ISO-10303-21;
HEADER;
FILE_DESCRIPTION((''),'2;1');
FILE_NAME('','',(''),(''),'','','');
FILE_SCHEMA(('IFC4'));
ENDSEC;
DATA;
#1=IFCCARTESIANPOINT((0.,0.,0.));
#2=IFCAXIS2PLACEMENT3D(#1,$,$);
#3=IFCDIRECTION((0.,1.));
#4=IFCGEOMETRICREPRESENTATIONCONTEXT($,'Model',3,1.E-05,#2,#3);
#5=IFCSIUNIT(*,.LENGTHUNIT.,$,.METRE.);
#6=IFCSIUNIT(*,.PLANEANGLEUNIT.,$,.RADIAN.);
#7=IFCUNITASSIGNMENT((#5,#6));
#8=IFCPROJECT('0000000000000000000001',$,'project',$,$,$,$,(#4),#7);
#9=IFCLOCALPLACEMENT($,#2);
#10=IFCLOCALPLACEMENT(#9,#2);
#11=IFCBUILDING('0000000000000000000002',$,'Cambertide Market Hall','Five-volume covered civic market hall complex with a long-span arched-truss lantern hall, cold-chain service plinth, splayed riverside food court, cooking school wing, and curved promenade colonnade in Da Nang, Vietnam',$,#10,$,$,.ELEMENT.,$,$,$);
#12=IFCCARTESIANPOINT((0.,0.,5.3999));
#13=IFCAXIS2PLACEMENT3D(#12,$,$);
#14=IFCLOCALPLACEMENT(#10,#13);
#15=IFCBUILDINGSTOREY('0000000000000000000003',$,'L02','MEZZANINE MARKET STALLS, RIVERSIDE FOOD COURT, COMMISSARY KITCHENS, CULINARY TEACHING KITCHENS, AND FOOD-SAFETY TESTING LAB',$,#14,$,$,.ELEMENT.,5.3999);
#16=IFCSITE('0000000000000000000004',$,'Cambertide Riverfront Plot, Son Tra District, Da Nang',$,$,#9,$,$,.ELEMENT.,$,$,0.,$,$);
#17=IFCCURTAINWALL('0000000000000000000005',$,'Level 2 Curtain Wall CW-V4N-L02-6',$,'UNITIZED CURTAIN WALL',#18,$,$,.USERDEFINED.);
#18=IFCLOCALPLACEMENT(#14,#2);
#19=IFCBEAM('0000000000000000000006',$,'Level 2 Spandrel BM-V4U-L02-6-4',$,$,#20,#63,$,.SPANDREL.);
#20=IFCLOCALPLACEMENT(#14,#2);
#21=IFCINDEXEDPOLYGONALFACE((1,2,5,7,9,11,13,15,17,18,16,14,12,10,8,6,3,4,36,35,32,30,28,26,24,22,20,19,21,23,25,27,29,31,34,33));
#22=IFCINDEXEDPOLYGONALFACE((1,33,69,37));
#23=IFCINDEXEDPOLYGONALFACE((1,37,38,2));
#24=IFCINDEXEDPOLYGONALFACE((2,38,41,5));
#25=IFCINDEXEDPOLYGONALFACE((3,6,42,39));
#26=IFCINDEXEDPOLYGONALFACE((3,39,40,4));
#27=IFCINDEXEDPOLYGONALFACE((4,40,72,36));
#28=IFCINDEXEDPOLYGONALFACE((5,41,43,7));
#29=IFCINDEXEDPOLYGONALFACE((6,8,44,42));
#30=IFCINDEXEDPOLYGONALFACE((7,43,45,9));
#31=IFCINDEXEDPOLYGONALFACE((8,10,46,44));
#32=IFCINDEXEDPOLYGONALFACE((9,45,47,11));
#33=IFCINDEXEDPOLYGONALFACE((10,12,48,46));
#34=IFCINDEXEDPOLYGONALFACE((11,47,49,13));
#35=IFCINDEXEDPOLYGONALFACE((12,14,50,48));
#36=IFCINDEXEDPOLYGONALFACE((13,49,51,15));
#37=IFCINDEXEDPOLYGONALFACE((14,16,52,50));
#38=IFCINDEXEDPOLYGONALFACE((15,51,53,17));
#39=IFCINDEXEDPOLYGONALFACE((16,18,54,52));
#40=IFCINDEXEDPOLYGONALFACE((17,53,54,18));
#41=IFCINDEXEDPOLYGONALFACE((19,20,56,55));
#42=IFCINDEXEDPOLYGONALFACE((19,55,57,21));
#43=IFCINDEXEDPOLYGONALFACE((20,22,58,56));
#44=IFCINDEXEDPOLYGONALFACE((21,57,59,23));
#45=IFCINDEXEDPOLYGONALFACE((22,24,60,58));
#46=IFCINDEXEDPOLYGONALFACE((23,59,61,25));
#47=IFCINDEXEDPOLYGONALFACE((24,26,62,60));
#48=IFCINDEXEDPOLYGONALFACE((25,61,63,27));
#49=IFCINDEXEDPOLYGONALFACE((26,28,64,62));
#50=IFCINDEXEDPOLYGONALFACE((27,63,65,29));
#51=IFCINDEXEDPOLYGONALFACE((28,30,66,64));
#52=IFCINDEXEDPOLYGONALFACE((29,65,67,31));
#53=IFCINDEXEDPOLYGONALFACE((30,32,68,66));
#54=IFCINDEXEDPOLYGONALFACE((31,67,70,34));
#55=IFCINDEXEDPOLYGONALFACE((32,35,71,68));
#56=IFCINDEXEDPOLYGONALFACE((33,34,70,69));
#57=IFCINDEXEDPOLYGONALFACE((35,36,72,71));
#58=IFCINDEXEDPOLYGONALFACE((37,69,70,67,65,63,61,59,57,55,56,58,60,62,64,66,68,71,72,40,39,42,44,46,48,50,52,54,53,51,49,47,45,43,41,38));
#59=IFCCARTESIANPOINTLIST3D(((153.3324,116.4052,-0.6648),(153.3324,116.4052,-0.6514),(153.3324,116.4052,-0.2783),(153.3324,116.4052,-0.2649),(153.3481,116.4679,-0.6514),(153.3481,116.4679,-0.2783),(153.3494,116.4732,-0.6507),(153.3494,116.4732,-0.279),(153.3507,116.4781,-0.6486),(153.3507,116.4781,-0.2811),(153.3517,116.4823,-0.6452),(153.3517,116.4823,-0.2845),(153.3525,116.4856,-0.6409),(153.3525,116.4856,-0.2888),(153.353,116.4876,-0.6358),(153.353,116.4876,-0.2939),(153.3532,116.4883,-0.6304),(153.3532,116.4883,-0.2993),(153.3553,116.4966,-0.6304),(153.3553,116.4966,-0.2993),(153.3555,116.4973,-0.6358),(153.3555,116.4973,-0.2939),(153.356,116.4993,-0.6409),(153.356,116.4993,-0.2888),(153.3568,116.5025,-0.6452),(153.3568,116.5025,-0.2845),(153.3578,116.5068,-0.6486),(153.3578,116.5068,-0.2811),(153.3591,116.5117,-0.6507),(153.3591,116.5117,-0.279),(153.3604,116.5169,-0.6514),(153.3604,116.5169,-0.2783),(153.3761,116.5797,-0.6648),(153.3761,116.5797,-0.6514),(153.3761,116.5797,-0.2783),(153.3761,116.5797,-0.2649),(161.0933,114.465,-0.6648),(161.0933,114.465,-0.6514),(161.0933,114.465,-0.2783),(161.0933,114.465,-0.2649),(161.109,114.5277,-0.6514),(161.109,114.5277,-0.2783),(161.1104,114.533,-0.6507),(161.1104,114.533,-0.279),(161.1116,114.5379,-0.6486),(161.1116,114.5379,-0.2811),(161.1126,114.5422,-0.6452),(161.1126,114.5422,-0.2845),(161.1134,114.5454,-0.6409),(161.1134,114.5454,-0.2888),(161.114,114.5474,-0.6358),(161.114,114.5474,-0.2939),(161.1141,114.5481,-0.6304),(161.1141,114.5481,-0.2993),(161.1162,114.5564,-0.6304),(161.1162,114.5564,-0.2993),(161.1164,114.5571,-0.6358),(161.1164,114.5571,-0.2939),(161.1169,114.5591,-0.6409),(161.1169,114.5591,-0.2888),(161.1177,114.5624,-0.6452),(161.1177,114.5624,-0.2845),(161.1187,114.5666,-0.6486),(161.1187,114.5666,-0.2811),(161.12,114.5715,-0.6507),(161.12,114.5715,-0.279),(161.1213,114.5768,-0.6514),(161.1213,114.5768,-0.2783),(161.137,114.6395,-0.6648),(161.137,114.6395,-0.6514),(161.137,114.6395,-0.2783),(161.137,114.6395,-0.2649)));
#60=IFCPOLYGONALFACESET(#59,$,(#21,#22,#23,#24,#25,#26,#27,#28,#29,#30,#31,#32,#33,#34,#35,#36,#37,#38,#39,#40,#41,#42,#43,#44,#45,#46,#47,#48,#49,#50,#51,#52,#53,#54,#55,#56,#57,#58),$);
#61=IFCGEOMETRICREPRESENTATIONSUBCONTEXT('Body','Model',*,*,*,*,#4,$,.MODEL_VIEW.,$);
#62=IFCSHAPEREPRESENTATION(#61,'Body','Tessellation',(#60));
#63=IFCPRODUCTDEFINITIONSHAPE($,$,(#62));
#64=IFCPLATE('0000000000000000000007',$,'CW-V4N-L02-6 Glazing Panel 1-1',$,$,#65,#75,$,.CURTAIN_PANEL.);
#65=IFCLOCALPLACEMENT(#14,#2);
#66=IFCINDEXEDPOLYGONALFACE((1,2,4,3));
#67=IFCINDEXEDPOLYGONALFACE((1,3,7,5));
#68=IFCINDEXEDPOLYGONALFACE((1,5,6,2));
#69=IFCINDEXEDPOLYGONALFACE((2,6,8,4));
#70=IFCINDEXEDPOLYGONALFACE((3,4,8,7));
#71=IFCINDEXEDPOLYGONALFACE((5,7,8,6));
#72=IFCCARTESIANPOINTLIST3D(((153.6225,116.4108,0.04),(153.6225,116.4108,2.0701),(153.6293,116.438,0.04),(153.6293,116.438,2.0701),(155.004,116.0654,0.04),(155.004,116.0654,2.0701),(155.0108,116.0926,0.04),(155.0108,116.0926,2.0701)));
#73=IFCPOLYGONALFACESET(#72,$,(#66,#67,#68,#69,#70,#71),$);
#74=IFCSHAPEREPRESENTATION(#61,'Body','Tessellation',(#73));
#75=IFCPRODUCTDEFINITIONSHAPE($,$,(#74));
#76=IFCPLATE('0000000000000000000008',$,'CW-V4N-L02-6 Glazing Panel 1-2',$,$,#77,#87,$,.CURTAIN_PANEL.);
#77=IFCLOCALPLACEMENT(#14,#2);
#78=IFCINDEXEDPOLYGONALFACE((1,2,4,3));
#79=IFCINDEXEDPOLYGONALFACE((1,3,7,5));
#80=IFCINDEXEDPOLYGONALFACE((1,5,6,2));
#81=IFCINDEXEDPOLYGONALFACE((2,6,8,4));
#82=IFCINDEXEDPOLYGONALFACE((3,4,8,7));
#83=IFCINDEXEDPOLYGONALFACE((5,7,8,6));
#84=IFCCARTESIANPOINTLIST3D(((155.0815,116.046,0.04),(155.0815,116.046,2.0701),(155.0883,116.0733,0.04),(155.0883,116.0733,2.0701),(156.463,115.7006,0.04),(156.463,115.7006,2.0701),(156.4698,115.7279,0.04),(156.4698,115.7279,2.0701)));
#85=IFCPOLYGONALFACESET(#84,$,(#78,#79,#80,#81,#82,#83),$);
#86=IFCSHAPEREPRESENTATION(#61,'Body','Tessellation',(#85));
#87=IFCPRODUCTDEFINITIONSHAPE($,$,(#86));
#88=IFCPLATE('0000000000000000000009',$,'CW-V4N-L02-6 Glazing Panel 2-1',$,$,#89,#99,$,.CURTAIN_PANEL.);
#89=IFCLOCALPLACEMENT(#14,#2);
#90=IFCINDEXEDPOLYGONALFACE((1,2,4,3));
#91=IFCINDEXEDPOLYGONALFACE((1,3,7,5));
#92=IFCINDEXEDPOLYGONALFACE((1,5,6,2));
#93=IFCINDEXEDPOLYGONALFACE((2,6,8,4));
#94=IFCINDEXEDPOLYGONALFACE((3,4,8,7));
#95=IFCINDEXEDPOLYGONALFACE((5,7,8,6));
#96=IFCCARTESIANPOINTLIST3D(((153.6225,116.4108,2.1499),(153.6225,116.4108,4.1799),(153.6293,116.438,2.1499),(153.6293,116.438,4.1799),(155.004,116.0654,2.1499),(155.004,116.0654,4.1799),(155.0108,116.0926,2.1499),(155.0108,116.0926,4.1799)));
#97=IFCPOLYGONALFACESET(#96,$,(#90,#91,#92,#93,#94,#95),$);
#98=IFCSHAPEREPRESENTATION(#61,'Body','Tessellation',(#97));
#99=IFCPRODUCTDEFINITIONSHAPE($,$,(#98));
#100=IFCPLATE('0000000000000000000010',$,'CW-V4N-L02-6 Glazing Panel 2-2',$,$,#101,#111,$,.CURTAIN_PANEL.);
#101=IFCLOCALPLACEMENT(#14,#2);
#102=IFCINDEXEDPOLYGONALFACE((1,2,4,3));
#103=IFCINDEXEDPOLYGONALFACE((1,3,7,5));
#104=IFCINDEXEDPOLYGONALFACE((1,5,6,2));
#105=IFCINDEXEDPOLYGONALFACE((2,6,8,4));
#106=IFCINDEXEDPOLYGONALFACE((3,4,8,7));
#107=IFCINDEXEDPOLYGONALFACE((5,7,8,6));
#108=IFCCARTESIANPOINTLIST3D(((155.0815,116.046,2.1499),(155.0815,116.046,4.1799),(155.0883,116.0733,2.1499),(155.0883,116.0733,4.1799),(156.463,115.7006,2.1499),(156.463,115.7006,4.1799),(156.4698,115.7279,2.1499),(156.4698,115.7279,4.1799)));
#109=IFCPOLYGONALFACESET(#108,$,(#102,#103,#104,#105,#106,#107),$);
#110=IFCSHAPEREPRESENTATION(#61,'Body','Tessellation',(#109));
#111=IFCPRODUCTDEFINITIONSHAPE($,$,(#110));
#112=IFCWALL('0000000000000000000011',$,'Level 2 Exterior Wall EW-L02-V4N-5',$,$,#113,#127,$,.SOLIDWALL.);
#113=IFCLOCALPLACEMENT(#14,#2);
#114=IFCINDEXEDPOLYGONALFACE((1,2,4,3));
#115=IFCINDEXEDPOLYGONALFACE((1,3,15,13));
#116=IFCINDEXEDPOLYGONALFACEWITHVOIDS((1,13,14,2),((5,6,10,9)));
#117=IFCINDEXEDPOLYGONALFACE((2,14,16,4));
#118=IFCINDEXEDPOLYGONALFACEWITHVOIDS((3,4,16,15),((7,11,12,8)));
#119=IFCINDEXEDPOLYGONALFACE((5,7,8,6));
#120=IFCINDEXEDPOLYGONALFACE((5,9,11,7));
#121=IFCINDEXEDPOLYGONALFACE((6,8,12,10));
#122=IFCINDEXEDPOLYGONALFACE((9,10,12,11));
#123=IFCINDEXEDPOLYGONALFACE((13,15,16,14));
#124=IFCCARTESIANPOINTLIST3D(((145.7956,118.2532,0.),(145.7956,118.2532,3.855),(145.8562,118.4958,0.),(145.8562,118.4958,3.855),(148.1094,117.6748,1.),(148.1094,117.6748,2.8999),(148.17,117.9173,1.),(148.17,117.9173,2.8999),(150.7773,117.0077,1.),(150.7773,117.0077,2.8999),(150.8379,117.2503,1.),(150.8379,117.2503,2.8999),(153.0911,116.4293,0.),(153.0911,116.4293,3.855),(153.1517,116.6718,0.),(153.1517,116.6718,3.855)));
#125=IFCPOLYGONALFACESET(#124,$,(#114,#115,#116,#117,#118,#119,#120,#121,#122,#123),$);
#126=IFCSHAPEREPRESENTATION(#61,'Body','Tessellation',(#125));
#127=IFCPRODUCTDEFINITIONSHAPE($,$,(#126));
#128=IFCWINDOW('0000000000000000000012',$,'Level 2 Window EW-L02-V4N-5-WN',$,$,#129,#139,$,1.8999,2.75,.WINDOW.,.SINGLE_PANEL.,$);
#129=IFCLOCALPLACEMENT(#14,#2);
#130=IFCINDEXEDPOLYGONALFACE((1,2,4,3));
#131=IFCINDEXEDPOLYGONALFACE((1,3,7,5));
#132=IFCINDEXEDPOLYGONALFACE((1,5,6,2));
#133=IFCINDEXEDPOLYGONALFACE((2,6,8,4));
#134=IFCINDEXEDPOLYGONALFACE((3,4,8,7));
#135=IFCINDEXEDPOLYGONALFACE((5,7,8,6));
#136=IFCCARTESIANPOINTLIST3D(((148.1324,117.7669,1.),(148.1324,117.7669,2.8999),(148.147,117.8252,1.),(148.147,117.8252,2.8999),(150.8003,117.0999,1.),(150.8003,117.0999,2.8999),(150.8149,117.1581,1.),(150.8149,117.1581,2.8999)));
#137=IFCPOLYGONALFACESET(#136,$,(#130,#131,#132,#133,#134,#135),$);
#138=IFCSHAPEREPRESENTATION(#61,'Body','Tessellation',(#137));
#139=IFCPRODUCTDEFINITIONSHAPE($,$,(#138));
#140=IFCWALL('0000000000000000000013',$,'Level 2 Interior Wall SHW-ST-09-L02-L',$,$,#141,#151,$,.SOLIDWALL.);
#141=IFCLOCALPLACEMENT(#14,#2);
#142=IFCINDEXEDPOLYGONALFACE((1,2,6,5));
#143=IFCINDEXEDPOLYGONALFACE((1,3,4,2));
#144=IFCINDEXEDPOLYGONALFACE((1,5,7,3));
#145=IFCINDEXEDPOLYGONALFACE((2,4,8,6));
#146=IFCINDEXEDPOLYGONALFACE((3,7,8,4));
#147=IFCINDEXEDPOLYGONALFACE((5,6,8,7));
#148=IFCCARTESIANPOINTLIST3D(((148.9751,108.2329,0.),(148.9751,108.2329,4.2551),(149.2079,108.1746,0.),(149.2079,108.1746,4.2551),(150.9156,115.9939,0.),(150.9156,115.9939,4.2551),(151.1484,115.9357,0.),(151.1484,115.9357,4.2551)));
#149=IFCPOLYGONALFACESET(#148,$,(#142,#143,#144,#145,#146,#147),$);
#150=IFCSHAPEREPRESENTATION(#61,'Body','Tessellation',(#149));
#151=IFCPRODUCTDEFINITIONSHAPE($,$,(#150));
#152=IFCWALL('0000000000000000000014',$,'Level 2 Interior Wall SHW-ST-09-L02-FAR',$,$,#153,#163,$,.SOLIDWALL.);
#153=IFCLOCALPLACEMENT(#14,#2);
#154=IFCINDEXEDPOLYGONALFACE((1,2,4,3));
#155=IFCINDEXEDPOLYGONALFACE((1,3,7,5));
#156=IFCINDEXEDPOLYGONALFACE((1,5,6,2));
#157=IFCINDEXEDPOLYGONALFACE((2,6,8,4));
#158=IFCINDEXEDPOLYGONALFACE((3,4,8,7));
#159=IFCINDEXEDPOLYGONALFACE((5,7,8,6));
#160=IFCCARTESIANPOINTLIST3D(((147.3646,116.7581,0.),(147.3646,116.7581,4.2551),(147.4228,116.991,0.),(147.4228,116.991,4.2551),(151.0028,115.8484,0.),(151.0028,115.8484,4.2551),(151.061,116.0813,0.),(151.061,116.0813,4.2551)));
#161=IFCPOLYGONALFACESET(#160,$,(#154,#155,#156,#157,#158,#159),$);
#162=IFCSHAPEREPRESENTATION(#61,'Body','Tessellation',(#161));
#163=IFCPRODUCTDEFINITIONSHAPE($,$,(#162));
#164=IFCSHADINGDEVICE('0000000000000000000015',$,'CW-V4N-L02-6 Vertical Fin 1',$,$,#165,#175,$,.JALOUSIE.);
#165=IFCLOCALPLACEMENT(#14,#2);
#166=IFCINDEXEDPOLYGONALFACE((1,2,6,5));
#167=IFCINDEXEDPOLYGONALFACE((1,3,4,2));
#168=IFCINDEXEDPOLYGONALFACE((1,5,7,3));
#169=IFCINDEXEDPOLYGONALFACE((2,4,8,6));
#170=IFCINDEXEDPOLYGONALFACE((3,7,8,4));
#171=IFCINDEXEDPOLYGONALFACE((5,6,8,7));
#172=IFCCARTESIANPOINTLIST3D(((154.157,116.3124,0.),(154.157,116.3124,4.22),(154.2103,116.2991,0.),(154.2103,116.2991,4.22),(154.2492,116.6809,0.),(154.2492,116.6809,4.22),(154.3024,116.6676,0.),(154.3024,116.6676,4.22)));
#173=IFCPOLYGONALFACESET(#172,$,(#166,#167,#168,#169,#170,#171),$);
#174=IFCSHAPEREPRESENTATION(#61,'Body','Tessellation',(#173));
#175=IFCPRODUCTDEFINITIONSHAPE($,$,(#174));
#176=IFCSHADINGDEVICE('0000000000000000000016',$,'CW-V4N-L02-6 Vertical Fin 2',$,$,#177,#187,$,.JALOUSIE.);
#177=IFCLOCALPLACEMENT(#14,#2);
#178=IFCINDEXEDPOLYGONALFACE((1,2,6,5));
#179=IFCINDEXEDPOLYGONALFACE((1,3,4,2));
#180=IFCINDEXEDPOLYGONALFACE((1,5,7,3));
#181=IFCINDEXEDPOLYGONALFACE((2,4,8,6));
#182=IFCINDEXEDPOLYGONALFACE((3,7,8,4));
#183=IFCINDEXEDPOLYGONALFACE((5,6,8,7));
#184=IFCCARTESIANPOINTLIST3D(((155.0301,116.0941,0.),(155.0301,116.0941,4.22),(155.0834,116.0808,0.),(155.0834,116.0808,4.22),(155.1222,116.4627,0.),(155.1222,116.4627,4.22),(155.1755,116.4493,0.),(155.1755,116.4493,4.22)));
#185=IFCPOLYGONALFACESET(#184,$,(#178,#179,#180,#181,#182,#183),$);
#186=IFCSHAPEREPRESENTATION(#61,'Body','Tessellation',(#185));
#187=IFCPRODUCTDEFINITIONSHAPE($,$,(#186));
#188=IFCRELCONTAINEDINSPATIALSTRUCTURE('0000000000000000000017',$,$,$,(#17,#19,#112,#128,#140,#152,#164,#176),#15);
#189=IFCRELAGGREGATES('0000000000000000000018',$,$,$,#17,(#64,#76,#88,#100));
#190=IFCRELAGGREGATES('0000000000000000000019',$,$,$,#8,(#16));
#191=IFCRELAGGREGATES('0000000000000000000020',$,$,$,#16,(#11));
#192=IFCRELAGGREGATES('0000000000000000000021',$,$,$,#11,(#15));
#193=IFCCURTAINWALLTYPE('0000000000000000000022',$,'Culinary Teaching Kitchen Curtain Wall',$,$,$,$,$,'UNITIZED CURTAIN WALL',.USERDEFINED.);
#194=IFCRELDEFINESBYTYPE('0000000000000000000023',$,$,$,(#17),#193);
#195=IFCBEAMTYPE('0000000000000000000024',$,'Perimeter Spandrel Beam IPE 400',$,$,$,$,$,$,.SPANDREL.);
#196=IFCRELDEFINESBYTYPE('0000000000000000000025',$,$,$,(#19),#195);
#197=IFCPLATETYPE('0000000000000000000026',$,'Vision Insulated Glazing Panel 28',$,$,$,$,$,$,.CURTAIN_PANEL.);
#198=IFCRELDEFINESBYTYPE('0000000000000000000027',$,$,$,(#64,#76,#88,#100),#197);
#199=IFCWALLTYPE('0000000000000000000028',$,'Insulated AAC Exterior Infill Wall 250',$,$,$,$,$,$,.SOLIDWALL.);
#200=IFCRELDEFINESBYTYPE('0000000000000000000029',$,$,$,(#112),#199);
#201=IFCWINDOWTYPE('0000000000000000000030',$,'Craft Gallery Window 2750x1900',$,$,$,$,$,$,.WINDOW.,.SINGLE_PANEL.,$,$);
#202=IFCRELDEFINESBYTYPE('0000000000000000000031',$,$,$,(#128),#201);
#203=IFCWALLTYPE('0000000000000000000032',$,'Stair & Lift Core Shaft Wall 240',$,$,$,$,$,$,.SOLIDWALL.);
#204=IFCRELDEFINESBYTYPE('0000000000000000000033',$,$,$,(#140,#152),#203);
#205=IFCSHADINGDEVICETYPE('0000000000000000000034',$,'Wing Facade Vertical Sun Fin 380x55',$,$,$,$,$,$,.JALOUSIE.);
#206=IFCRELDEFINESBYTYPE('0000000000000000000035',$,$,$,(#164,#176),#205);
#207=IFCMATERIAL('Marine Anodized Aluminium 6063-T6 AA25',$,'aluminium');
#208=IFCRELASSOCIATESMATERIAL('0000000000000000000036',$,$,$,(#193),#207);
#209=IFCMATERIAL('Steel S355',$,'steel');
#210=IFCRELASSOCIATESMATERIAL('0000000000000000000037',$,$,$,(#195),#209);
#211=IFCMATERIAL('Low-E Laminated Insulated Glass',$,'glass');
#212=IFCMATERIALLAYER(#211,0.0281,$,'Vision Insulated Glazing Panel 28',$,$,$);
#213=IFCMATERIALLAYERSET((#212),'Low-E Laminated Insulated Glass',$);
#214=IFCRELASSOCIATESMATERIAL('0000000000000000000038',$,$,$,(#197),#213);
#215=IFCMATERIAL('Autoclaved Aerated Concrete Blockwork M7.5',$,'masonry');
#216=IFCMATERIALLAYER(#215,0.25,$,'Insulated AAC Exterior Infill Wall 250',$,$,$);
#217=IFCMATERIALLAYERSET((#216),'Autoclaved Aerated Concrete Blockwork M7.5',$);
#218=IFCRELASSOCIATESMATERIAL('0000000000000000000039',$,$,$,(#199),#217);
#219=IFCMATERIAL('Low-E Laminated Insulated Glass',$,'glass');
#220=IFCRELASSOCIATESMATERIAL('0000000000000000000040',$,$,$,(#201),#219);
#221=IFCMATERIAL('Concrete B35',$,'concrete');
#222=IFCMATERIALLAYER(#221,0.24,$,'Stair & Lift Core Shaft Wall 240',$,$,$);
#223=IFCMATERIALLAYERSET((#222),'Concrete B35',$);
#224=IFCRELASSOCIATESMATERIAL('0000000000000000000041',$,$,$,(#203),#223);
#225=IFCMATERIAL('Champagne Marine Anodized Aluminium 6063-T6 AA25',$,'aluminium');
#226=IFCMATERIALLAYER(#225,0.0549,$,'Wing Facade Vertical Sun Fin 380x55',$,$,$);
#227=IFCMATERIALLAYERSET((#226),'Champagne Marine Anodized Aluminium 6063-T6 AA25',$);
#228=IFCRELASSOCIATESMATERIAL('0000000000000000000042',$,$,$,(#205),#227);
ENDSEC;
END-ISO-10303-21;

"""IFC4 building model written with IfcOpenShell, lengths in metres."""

from ifc_helpers import new_model, si_unit, direction, frame, frame_2d, origin, origin_2d, place, context, subcontext, project, spatial, rectangle, i_section, extrude, material, layer, layer_set, material_profile, profile_set, type_object, element, fill, aggregate, save


model = new_model("IFC4")

# Units and contexts
model_context = context("Model", 3, precision=1e-05, world=origin(), true_north=direction((0.0, 1.0)))
body_context = subcontext(model_context, "Body", "Model", "MODEL_VIEW")
ifc_project = project(units=[si_unit("LENGTHUNIT", "METRE"), si_unit("PLANEANGLEUNIT", "RADIAN")], contexts=[model_context])

# Site, building, storey
site_placement = place(None, origin())
site = spatial("IfcSite", under=ifc_project, at=site_placement, Name="Cambertide Riverfront Plot, Son Tra District, Da Nang", CompositionType="ELEMENT", RefElevation=0.0)
building_placement = place(site_placement, origin())
building = spatial("IfcBuilding", under=site, at=building_placement, Name="Cambertide Market Hall", Description="Five-volume covered civic market hall complex with a long-span arched-truss lantern hall, cold-chain service plinth, splayed riverside food court, cooking school wing, and curved promenade colonnade in Da Nang, Vietnam", CompositionType="ELEMENT")
storey_placement = place(building_placement, frame((0.0, 0.0, 5.3999)))
storey = spatial("IfcBuildingStorey", under=building, at=storey_placement, Name="L02", Description="MEZZANINE MARKET STALLS, RIVERSIDE FOOD COURT, COMMISSARY KITCHENS, CULINARY TEACHING KITCHENS, AND FOOD-SAFETY TESTING LAB", CompositionType="ELEMENT", Elevation=5.3999)

# Curtain wall
ifc_material_1 = material(Name="Marine Anodized Aluminium 6063-T6 AA25", Category="aluminium")
curtain_wall_type = type_object("IfcCurtainWallType", Name="Culinary Teaching Kitchen Curtain Wall", ElementType="UNITIZED CURTAIN WALL", PredefinedType="USERDEFINED", material=ifc_material_1)
curtain_wall_placement = place(storey_placement, origin())
curtain_wall = element("IfcCurtainWall", 1, at=curtain_wall_placement, inside=storey, type_object=curtain_wall_type, Name="Level 2 Curtain Wall CW-V4N-L02-6", ObjectType="UNITIZED CURTAIN WALL", PredefinedType="USERDEFINED")

# Beam
ifc_material_2 = material(Name="Steel S355", Category="steel")
ifc_material_profile_1 = material_profile(ifc_material_2, i_section(OverallWidth=0.1799, OverallDepth=0.3999, WebThickness=0.0085, FlangeThickness=0.0134, FilletRadius=0.021, at=origin_2d()), Name="IPE 400")
ifc_profile_set_1 = profile_set([ifc_material_profile_1], Name="Steel S355")
beam_type = type_object("IfcBeamType", Name="Perimeter Spandrel Beam IPE 400", PredefinedType="SPANDREL", material=ifc_profile_set_1)
beam_1_placement = place(storey_placement, frame((153.3542, 116.4924, -0.4648), z_axis=(0.970144, -0.242528, 0.0), x_axis=(0.242528, 0.970144, 0.0)))
element("IfcBeam", 2, at=beam_1_placement, inside=storey, type_object=beam_type, Name="Level 2 Spandrel BM-V4U-L02-6-4", PredefinedType="SPANDREL", context=body_context, shape_type="SweptSolid", body=[
    extrude(i_section(OverallWidth=0.1799, OverallDepth=0.3999, WebThickness=0.0085, FlangeThickness=0.0134, FilletRadius=0.021, at=origin_2d()), origin(), (0.0, 0.0, 1.0), 7.9998),
])

# Plates
ifc_material_3 = material(Name="Low-E Laminated Insulated Glass", Category="glass")
ifc_layer_1 = layer(ifc_material_3, 0.0281, Name="Vision Insulated Glazing Panel 28")
ifc_layer_set_1 = layer_set([ifc_layer_1], Name="Low-E Laminated Insulated Glass")
plate_type = type_object("IfcPlateType", Name="Vision Insulated Glazing Panel 28", PredefinedType="CURTAIN_PANEL", material=ifc_layer_set_1)
plate_1_placement = place(storey_placement, frame((154.3167, 116.2517, 0.04), z_axis=(0.0, 0.0, 1.0), x_axis=(0.970143, -0.242536, 0.0)))
plate_1 = element("IfcPlate", 3, at=plate_1_placement, type_object=plate_type, Name="CW-V4N-L02-6 Glazing Panel 1-1", PredefinedType="CURTAIN_PANEL", context=body_context, shape_type="SweptSolid", body=[
    extrude(rectangle(XDim=1.4241, YDim=0.0281, at=origin_2d()), origin(), (0.0, 0.0, 1.0), 2.03),
])
plate_2_placement = place(storey_placement, frame((155.7756, 115.887, 0.04), z_axis=(0.0, 0.0, 1.0), x_axis=(0.970143, -0.242536, 0.0)))
plate_2 = element("IfcPlate", 4, at=plate_2_placement, type_object=plate_type, Name="CW-V4N-L02-6 Glazing Panel 1-2", PredefinedType="CURTAIN_PANEL", context=body_context, shape_type="SweptSolid", body=[
    extrude(rectangle(XDim=1.4241, YDim=0.0281, at=origin_2d()), origin(), (0.0, 0.0, 1.0), 2.03),
])
plate_3_placement = place(storey_placement, frame((154.3167, 116.2517, 2.1499), z_axis=(0.0, 0.0, 1.0), x_axis=(0.970143, -0.242536, 0.0)))
plate_3 = element("IfcPlate", 5, at=plate_3_placement, type_object=plate_type, Name="CW-V4N-L02-6 Glazing Panel 2-1", PredefinedType="CURTAIN_PANEL", context=body_context, shape_type="SweptSolid", body=[
    extrude(rectangle(XDim=1.4241, YDim=0.0281, at=origin_2d()), origin(), (0.0, 0.0, 1.0), 2.03),
])
plate_4_placement = place(storey_placement, frame((155.7756, 115.887, 2.1499), z_axis=(0.0, 0.0, 1.0), x_axis=(0.970143, -0.242536, 0.0)))
plate_4 = element("IfcPlate", 6, at=plate_4_placement, type_object=plate_type, Name="CW-V4N-L02-6 Glazing Panel 2-2", PredefinedType="CURTAIN_PANEL", context=body_context, shape_type="SweptSolid", body=[
    extrude(rectangle(XDim=1.4241, YDim=0.0281, at=origin_2d()), origin(), (0.0, 0.0, 1.0), 2.03),
])
aggregate(curtain_wall, [plate_1, plate_2, plate_3, plate_4])

# Wall, opening, window
ifc_material_4 = material(Name="Autoclaved Aerated Concrete Blockwork M7.5", Category="masonry")
ifc_layer_2 = layer(ifc_material_4, 0.25, Name="Insulated AAC Exterior Infill Wall 250")
ifc_layer_set_2 = layer_set([ifc_layer_2], Name="Autoclaved Aerated Concrete Blockwork M7.5")
wall_type_1 = type_object("IfcWallType", Name="Insulated AAC Exterior Infill Wall 250", PredefinedType="SOLIDWALL", material=ifc_layer_set_2)
wall_1_placement = place(storey_placement, frame((145.8259, 118.3745, 0.0), z_axis=(0.0, 0.0, 1.0), x_axis=(0.970139, -0.242551, 0.0)))
wall_1 = element("IfcWall", 7, at=wall_1_placement, inside=storey, type_object=wall_type_1, Name="Level 2 Exterior Wall EW-L02-V4N-5", PredefinedType="SOLIDWALL", context=body_context, shape_type="SweptSolid", body=[
    extrude(rectangle(XDim=7.52, YDim=0.25, at=frame_2d((3.76, 0.0))), origin(), (0.0, 0.0, 1.0), 3.855),
])
opening_placement = place(wall_1_placement, frame((2.385, 0.0, 1.0)))
opening = element("IfcOpeningElement", 8, at=opening_placement, cuts=wall_1, PredefinedType="OPENING", context=body_context, shape_type="SweptSolid", body=[
    extrude(rectangle(XDim=2.75, YDim=1.8999, at=frame_2d((1.375, 0.95))), frame((0.0, 0.135, 0.0), z_axis=(0.0, -1.0, 0.0), x_axis=(1.0, 0.0, 0.0)), (0.0, 0.0, 1.0), 0.27),
])
ifc_material_5 = material(Name="Low-E Laminated Insulated Glass", Category="glass")
window_type = type_object("IfcWindowType", Name="Craft Gallery Window 2750x1900", PartitioningType="SINGLE_PANEL", PredefinedType="WINDOW", material=ifc_material_5)
window_placement = place(opening_placement, origin())
window = element("IfcWindow", 9, at=window_placement, inside=storey, type_object=window_type, Name="Level 2 Window EW-L02-V4N-5-WN", OverallHeight=1.8999, OverallWidth=2.75, PartitioningType="SINGLE_PANEL", PredefinedType="WINDOW", context=body_context, shape_type="SweptSolid", body=[
    extrude(rectangle(XDim=2.75, YDim=1.8999, at=frame_2d((1.375, 0.95))), frame((0.0, 0.03, 0.0), z_axis=(0.0, -1.0, 0.0), x_axis=(1.0, 0.0, 0.0)), (0.0, 0.0, 1.0), 0.0601),
])
fill(opening, window)

# Walls
ifc_material_6 = material(Name="Concrete B35", Category="concrete")
ifc_layer_3 = layer(ifc_material_6, 0.24, Name="Stair & Lift Core Shaft Wall 240")
ifc_layer_set_3 = layer_set([ifc_layer_3], Name="Concrete B35")
wall_type_2 = type_object("IfcWallType", Name="Stair & Lift Core Shaft Wall 240", PredefinedType="SOLIDWALL", material=ifc_layer_set_3)
wall_2_placement = place(storey_placement, frame((151.032, 115.9648, 0.0), z_axis=(0.0, 0.0, 1.0), x_axis=(-0.242557, -0.970137, 0.0)))
element("IfcWall", 10, at=wall_2_placement, inside=storey, type_object=wall_type_2, Name="Level 2 Interior Wall SHW-ST-09-L02-L", PredefinedType="SOLIDWALL", context=body_context, shape_type="SweptSolid", body=[
    extrude(rectangle(XDim=8.0, YDim=0.24, at=frame_2d((4.0, 0.0))), origin(), (0.0, 0.0, 1.0), 4.2551),
])
wall_3_placement = place(storey_placement, frame((147.3938, 116.8745, 0.0), z_axis=(0.0, 0.0, 1.0), x_axis=(0.970135, -0.242566, 0.0)))
element("IfcWall", 11, at=wall_3_placement, inside=storey, type_object=wall_type_2, Name="Level 2 Interior Wall SHW-ST-09-L02-FAR", PredefinedType="SOLIDWALL", context=body_context, shape_type="SweptSolid", body=[
    extrude(rectangle(XDim=3.7502, YDim=0.24, at=frame_2d((1.875, 0.0))), origin(), (0.0, 0.0, 1.0), 4.2551),
])

# Shading devices
ifc_material_7 = material(Name="Champagne Marine Anodized Aluminium 6063-T6 AA25", Category="aluminium")
ifc_layer_4 = layer(ifc_material_7, 0.0549, Name="Wing Facade Vertical Sun Fin 380x55")
ifc_layer_set_4 = layer_set([ifc_layer_4], Name="Champagne Marine Anodized Aluminium 6063-T6 AA25")
shading_device_type = type_object("IfcShadingDeviceType", Name="Wing Facade Vertical Sun Fin 380x55", PredefinedType="JALOUSIE", material=ifc_layer_set_4)
for number, where, z_axis, x_axis, name in (
    (12, (154.2297, 116.49, 0.0), (0.0, 0.0, 1.0), (0.970143, -0.242536, 0.0), "CW-V4N-L02-6 Vertical Fin 1"),
    (13, (155.1028, 116.2717, 0.0), (0.0, 0.0, 1.0), (0.970143, -0.242536, 0.0), "CW-V4N-L02-6 Vertical Fin 2"),
):
    element("IfcShadingDevice", number, at=place(storey_placement, frame(where, z_axis=z_axis, x_axis=x_axis)), inside=storey, type_object=shading_device_type, Name=name, PredefinedType="JALOUSIE", context=body_context, shape_type="SweptSolid", body=[
        extrude(rectangle(XDim=0.0549, YDim=0.3799, at=origin_2d()), origin(), (0.0, 0.0, 1.0), 4.22),
    ])

save(model, "model.ifc")
